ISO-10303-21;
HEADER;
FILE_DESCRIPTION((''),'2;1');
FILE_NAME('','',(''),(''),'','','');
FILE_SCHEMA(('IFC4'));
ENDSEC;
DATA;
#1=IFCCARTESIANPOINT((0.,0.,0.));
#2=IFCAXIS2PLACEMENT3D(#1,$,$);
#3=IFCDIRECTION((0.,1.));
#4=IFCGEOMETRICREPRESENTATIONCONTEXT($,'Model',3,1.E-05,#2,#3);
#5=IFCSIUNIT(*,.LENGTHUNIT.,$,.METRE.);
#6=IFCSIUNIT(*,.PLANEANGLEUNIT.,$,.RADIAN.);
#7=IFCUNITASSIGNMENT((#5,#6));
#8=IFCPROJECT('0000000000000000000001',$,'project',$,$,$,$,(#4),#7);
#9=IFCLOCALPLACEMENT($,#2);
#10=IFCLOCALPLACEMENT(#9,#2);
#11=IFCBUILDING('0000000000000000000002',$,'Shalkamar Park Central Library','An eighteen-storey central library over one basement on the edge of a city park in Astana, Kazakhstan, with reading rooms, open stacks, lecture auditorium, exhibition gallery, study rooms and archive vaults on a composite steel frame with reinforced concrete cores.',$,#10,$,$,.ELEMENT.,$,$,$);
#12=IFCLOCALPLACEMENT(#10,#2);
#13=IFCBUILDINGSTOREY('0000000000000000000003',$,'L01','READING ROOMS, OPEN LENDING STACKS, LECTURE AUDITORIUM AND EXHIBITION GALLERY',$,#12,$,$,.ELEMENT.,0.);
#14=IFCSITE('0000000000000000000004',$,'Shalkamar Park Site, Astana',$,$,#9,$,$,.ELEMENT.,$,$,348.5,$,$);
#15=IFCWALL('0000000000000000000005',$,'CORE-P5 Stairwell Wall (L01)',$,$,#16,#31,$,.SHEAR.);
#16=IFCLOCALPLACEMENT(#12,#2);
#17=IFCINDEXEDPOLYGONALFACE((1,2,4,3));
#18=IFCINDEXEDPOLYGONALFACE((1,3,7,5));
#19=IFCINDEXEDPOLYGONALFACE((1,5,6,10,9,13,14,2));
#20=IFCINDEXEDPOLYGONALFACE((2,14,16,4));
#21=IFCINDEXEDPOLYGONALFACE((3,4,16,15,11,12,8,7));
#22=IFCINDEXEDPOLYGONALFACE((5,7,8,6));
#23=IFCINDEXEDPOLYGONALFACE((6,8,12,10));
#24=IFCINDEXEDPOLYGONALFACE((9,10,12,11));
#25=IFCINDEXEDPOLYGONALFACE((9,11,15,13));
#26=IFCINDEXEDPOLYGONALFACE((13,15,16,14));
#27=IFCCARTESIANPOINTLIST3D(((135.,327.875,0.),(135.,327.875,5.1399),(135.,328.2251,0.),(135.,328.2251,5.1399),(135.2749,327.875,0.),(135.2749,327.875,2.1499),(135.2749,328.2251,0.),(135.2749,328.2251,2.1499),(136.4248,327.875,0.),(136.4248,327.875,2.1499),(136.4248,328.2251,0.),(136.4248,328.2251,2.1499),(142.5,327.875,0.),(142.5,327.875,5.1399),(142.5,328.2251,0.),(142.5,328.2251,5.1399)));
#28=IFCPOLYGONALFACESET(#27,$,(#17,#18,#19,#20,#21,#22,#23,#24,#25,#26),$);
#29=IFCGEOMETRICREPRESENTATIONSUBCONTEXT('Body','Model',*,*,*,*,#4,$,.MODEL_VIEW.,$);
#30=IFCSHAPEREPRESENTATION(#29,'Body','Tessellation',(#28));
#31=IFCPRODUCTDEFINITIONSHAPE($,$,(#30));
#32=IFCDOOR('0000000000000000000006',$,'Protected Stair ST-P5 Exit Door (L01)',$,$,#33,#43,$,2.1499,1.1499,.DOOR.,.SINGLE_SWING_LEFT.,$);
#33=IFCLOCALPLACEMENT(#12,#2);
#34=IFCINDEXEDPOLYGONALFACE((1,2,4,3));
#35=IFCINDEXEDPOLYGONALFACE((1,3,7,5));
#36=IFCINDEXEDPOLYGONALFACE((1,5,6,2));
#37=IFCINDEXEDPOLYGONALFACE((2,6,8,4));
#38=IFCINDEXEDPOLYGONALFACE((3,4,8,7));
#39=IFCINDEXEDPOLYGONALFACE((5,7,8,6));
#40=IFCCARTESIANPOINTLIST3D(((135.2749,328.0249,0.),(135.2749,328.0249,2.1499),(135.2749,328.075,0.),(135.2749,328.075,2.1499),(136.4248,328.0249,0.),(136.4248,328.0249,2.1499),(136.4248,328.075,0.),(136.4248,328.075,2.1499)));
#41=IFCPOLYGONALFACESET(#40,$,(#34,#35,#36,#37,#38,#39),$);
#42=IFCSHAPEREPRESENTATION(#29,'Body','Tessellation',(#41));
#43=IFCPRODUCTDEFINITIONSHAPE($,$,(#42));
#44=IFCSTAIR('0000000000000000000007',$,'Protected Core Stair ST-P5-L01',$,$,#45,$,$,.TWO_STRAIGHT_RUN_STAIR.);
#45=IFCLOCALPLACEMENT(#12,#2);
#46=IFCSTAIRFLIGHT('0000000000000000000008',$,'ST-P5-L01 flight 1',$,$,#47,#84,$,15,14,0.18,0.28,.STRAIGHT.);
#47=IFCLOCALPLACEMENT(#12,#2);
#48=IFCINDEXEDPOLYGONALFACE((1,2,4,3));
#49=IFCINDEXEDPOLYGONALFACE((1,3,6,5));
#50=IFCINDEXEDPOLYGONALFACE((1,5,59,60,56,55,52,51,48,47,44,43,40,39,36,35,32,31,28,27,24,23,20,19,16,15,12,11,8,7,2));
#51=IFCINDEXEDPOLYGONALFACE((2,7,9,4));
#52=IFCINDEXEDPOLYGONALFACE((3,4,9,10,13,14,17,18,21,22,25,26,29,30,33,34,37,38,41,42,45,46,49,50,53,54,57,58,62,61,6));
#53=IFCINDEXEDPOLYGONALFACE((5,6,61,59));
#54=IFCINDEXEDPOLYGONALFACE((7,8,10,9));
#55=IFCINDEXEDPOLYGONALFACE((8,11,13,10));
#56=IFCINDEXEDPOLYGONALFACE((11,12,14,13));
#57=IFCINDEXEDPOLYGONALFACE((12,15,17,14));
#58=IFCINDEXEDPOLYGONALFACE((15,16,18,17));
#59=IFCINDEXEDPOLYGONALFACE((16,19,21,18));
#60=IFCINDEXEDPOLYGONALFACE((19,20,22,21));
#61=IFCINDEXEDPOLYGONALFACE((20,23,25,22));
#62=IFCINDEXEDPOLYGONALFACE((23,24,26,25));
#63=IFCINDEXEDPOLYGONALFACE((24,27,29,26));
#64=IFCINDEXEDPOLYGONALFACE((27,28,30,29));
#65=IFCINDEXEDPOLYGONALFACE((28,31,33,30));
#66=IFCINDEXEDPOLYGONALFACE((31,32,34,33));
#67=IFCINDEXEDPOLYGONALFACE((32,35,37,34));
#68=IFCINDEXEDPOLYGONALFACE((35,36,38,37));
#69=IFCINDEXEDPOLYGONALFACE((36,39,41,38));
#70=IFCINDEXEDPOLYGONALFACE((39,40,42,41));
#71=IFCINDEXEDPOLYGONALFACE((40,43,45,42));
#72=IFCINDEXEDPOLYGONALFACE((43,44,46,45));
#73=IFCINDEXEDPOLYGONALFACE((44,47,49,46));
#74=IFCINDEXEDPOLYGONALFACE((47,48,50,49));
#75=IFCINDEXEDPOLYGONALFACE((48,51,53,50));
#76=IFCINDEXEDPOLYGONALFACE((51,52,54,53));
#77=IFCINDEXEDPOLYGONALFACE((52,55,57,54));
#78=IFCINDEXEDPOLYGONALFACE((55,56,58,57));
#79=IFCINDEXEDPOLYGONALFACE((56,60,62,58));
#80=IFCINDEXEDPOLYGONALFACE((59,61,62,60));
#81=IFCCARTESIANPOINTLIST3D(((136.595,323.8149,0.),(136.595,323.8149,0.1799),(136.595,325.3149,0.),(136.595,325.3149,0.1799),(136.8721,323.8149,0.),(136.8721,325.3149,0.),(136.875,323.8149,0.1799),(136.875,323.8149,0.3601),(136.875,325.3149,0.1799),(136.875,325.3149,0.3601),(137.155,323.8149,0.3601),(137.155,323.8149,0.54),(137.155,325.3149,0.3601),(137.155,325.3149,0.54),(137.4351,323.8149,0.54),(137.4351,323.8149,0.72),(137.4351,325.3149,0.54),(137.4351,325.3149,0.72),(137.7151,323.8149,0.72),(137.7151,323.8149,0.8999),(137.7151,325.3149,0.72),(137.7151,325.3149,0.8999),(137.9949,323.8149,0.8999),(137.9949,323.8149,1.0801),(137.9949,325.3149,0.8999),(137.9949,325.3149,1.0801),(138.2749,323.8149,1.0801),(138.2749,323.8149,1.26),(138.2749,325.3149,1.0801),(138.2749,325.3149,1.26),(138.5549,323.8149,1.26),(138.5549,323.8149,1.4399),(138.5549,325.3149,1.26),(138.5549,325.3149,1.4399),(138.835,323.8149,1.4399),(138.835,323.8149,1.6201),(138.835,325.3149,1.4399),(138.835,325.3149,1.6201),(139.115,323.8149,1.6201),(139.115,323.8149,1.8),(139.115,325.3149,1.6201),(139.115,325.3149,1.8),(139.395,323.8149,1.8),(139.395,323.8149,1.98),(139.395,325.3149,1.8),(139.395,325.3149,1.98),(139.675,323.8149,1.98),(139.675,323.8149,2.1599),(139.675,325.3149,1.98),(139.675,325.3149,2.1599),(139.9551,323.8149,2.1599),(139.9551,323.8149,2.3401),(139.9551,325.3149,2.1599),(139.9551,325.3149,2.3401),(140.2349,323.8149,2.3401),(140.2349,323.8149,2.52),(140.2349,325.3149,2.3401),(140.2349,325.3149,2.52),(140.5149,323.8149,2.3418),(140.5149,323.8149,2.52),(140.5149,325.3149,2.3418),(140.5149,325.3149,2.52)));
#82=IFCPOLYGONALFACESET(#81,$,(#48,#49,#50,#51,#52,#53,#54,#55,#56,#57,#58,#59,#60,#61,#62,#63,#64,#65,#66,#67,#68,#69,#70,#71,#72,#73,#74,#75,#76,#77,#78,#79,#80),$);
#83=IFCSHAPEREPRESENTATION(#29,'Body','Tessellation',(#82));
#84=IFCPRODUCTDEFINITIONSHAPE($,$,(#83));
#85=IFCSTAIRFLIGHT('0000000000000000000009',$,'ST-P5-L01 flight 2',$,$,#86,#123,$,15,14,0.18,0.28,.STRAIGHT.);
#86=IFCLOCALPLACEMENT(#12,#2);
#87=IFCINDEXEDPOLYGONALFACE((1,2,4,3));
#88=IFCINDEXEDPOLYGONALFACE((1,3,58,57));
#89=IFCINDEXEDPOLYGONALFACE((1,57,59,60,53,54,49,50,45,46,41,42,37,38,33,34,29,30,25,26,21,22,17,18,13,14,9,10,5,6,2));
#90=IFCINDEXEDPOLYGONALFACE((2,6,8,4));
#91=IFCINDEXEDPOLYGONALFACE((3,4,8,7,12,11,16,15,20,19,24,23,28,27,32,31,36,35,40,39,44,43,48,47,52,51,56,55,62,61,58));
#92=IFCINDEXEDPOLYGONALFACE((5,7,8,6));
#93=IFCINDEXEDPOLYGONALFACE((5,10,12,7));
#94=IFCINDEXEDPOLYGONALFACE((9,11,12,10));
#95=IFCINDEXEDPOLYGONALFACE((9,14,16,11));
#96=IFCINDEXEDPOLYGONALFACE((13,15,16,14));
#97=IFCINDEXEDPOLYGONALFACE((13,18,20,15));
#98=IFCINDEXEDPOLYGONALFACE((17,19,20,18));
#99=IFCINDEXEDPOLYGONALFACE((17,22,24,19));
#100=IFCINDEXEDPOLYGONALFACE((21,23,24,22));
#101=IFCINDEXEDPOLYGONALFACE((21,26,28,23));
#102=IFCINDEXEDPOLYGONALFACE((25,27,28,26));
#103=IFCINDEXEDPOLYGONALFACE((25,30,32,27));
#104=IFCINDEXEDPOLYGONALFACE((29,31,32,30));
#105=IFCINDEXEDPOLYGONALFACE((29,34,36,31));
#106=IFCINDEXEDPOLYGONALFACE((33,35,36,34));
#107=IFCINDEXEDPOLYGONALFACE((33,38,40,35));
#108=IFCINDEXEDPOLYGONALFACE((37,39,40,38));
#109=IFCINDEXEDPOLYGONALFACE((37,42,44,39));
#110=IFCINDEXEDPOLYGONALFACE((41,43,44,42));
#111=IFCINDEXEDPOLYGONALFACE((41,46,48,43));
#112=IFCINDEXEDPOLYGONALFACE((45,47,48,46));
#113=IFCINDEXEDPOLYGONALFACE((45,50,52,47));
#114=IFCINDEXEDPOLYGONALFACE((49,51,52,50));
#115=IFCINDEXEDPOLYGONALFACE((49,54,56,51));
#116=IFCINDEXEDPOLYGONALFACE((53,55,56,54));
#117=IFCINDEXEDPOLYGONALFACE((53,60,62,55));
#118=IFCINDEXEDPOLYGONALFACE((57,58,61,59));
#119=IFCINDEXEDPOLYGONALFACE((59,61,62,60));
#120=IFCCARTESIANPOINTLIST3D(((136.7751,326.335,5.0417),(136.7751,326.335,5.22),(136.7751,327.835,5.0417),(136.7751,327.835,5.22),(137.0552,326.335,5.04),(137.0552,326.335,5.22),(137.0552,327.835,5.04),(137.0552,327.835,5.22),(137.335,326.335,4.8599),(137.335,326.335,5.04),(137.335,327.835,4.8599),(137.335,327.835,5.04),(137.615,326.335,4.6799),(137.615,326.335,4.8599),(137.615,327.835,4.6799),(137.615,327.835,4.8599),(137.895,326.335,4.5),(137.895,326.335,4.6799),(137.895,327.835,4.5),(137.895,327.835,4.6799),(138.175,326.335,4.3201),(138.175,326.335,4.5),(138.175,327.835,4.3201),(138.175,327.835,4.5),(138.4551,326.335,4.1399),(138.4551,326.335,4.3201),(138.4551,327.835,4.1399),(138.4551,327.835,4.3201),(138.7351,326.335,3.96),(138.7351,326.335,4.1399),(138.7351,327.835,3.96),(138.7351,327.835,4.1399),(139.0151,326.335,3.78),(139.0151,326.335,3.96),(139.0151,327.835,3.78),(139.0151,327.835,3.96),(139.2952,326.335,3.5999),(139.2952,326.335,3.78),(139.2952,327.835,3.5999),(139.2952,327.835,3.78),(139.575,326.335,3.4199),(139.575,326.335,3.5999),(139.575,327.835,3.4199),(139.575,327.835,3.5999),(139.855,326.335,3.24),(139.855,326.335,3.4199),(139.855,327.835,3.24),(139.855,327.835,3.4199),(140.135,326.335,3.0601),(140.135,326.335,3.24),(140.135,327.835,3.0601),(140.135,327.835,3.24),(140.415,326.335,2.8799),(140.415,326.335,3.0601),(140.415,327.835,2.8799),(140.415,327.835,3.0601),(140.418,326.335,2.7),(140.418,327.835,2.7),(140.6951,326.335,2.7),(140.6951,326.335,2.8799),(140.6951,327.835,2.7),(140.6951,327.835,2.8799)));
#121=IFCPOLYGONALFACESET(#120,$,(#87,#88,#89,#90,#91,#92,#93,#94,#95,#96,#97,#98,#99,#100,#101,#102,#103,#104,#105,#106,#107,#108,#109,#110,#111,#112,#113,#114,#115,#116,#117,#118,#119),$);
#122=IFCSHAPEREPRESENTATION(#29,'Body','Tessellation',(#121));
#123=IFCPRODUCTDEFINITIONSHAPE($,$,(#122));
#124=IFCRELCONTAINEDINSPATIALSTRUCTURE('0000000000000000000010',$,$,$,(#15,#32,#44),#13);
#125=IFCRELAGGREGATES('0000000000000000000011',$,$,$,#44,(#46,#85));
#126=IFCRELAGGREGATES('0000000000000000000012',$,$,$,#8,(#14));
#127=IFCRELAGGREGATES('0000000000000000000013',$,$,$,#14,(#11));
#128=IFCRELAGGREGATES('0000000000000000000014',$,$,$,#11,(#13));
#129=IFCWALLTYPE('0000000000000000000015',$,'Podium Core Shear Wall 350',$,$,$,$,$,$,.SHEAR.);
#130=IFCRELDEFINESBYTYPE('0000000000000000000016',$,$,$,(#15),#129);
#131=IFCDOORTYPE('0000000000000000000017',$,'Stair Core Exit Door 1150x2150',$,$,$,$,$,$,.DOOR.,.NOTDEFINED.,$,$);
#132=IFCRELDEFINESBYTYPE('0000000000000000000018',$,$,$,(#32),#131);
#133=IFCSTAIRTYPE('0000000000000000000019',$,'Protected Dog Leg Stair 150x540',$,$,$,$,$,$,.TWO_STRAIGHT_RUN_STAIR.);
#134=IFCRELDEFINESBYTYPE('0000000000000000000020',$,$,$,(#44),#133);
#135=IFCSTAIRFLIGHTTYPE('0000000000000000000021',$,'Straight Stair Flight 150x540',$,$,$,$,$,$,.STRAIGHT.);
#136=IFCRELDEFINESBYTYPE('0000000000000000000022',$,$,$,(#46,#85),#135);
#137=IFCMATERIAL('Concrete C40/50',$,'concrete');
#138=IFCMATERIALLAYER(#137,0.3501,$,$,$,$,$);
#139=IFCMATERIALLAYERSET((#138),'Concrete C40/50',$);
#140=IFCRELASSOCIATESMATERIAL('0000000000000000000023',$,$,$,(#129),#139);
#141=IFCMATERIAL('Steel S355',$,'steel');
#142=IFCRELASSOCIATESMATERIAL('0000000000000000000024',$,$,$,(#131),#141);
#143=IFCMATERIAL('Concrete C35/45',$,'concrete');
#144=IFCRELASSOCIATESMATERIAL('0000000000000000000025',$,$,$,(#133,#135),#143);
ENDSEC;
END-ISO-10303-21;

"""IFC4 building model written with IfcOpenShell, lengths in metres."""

from ifc_helpers import new_model, si_unit, direction, frame, frame_2d, origin, place, context, subcontext, project, spatial, polyline, rectangle, outline, extrude, material, layer, layer_set, type_object, element, fill, aggregate, save


model = new_model("IFC4")

# Units and contexts
model_context = context("Model", 3, precision=1e-05, world=origin(), true_north=direction((0.0, 1.0)))
body_context = subcontext(model_context, "Body", "Model", "MODEL_VIEW")
ifc_project = project(units=[si_unit("LENGTHUNIT", "METRE"), si_unit("PLANEANGLEUNIT", "RADIAN")], contexts=[model_context])

# Site, building, storey
site_placement = place(None, origin())
site = spatial("IfcSite", under=ifc_project, at=site_placement, Name="Shalkamar Park Site, Astana", CompositionType="ELEMENT", RefElevation=348.5)
building_placement = place(site_placement, origin())
building = spatial("IfcBuilding", under=site, at=building_placement, Name="Shalkamar Park Central Library", Description="An eighteen-storey central library over one basement on the edge of a city park in Astana, Kazakhstan, with reading rooms, open stacks, lecture auditorium, exhibition gallery, study rooms and archive vaults on a composite steel frame with reinforced concrete cores.", CompositionType="ELEMENT")
storey_placement = place(building_placement, origin())
storey = spatial("IfcBuildingStorey", under=building, at=storey_placement, Name="L01", Description="READING ROOMS, OPEN LENDING STACKS, LECTURE AUDITORIUM AND EXHIBITION GALLERY", CompositionType="ELEMENT", Elevation=0.0)

# Shared definitions
ifc_material_1 = material(Name="Steel S355", Category="steel")

# Shared definitions
ifc_material_2 = material(Name="Concrete C40/50", Category="concrete")
ifc_layer_1 = layer(ifc_material_2, 0.3501)
ifc_layer_set_1 = layer_set([ifc_layer_1], Name="Concrete C40/50")
wall_type_1 = type_object("IfcWallType", Name="Podium Core Shear Wall 350", PredefinedType="SHEAR", material=ifc_layer_set_1)

# Shared definitions
door_type_1 = type_object("IfcDoorType", Name="Stair Core Exit Door 1150x2150", OperationType="NOTDEFINED", PredefinedType="DOOR", material=ifc_material_1)

# Wall, opening, door
wall_1_placement = place(storey_placement, frame((135.0, 328.05, 0.0), z_axis=(0.0, 0.0, 1.0), x_axis=(1.0, 0.0, 0.0)))
wall_1 = element("IfcWall", 1, at=wall_1_placement, inside=storey, type_object=wall_type_1, Name="CORE-P5 Stairwell Wall (L01)", PredefinedType="SHEAR", context=body_context, shape_type="SweptSolid", body=[
    extrude(rectangle(XDim=7.5, YDim=0.3501, at=frame_2d((3.75, 0.0))), origin(), (0.0, 0.0, 1.0), 5.1399),
])
opening_1_placement = place(wall_1_placement, frame((0.2749, 0.0, 0.0)))
opening_1 = element("IfcOpeningElement", 2, at=opening_1_placement, cuts=wall_1, PredefinedType="OPENING", context=body_context, shape_type="SweptSolid", body=[
    extrude(rectangle(XDim=1.1499, YDim=2.1499, at=frame_2d((0.575, 1.075))), frame((0.0, 0.1899, 0.0), z_axis=(0.0, -1.0, 0.0), x_axis=(1.0, 0.0, 0.0)), (0.0, 0.0, 1.0), 0.3799),
])
door_1_placement = place(opening_1_placement, origin())
door_1 = element("IfcDoor", 3, at=door_1_placement, inside=storey, type_object=door_type_1, Name="Protected Stair ST-P5 Exit Door (L01)", OperationType="SINGLE_SWING_LEFT", OverallHeight=2.1499, OverallWidth=1.1499, PredefinedType="DOOR", context=body_context, shape_type="SweptSolid", body=[
    extrude(rectangle(XDim=1.1499, YDim=2.1499, at=frame_2d((0.575, 1.075))), frame((0.0, 0.0249, 0.0), z_axis=(0.0, -1.0, 0.0), x_axis=(1.0, 0.0, 0.0)), (0.0, 0.0, 1.0), 0.05),
])
fill(opening_1, door_1)

# Stair, stair flights
ifc_material_3 = material(Name="Concrete C35/45", Category="concrete")
stair_type = type_object("IfcStairType", Name="Protected Dog Leg Stair 150x540", PredefinedType="TWO_STRAIGHT_RUN_STAIR", material=ifc_material_3)
stair_placement = place(storey_placement, origin())
stair = element("IfcStair", 4, at=stair_placement, inside=storey, type_object=stair_type, Name="Protected Core Stair ST-P5-L01", PredefinedType="TWO_STRAIGHT_RUN_STAIR")
stair_flight_type = type_object("IfcStairFlightType", Name="Straight Stair Flight 150x540", PredefinedType="STRAIGHT", material=ifc_material_3)
stair_flight_1_placement = place(storey_placement, frame((136.595, 324.5649, 0.0), z_axis=(0.0, 0.0, 1.0), x_axis=(1.0, 0.0, 0.0)))
stair_flight_1 = element("IfcStairFlight", 5, at=stair_flight_1_placement, type_object=stair_flight_type, Name="ST-P5-L01 flight 1", NumberOfRisers=15, NumberOfTreads=14, PredefinedType="STRAIGHT", RiserHeight=0.18, TreadLength=0.28, context=body_context, shape_type="SweptSolid", body=[
    extrude(outline(polyline([(0.0, 0.0), (0.0, 0.1799), (0.28, 0.1799), (0.28, 0.3601), (0.5601, 0.3601), (0.5601, 0.54), (0.8401, 0.54), (0.8401, 0.72), (1.1201, 0.72), (1.1201, 0.8999), (1.3999, 0.8999), (1.3999, 1.0801), (1.6799, 1.0801), (1.6799, 1.26), (1.96, 1.26), (1.96, 1.4399), (2.24, 1.4399), (2.24, 1.6201), (2.52, 1.6201), (2.52, 1.8), (2.8, 1.8), (2.8, 1.98), (3.0801, 1.98), (3.0801, 2.1599), (3.3601, 2.1599), (3.3601, 2.3401), (3.6399, 2.3401), (3.6399, 2.52), (3.9199, 2.52), (3.9199, 2.7), (3.9199, 2.3418), (0.2771, 0.0), (0.0, 0.0)])), frame((0.0, 0.75, 0.0), z_axis=(0.0, -1.0, 0.0), x_axis=(1.0, 0.0, 0.0)), (0.0, 0.0, 1.0), 1.5),
])
stair_flight_2_placement = place(storey_placement, frame((140.6951, 327.085, 2.7), z_axis=(0.0, 0.0, 1.0), x_axis=(-1.0, 0.0, 0.0)))
stair_flight_2 = element("IfcStairFlight", 6, at=stair_flight_2_placement, type_object=stair_flight_type, Name="ST-P5-L01 flight 2", NumberOfRisers=15, NumberOfTreads=14, PredefinedType="STRAIGHT", RiserHeight=0.18, TreadLength=0.28, context=body_context, shape_type="SweptSolid", body=[
    extrude(outline(polyline([(0.0, 0.0), (0.0, 0.1799), (0.28, 0.1799), (0.28, 0.3601), (0.5601, 0.3601), (0.5601, 0.54), (0.8401, 0.54), (0.8401, 0.72), (1.1201, 0.72), (1.1201, 0.8999), (1.3999, 0.8999), (1.3999, 1.0801), (1.6799, 1.0801), (1.6799, 1.26), (1.96, 1.26), (1.96, 1.4399), (2.24, 1.4399), (2.24, 1.6201), (2.52, 1.6201), (2.52, 1.8), (2.8, 1.8), (2.8, 1.98), (3.0801, 1.98), (3.0801, 2.1599), (3.3601, 2.1599), (3.3601, 2.3401), (3.6399, 2.3401), (3.6399, 2.52), (3.9199, 2.52), (3.9199, 2.7), (3.9199, 2.3418), (0.2771, 0.0), (0.0, 0.0)])), frame((0.0, 0.75, 0.0), z_axis=(0.0, -1.0, 0.0), x_axis=(1.0, 0.0, 0.0)), (0.0, 0.0, 1.0), 1.5),
])
aggregate(stair, [stair_flight_1, stair_flight_2])

save(model, "model.ifc")
